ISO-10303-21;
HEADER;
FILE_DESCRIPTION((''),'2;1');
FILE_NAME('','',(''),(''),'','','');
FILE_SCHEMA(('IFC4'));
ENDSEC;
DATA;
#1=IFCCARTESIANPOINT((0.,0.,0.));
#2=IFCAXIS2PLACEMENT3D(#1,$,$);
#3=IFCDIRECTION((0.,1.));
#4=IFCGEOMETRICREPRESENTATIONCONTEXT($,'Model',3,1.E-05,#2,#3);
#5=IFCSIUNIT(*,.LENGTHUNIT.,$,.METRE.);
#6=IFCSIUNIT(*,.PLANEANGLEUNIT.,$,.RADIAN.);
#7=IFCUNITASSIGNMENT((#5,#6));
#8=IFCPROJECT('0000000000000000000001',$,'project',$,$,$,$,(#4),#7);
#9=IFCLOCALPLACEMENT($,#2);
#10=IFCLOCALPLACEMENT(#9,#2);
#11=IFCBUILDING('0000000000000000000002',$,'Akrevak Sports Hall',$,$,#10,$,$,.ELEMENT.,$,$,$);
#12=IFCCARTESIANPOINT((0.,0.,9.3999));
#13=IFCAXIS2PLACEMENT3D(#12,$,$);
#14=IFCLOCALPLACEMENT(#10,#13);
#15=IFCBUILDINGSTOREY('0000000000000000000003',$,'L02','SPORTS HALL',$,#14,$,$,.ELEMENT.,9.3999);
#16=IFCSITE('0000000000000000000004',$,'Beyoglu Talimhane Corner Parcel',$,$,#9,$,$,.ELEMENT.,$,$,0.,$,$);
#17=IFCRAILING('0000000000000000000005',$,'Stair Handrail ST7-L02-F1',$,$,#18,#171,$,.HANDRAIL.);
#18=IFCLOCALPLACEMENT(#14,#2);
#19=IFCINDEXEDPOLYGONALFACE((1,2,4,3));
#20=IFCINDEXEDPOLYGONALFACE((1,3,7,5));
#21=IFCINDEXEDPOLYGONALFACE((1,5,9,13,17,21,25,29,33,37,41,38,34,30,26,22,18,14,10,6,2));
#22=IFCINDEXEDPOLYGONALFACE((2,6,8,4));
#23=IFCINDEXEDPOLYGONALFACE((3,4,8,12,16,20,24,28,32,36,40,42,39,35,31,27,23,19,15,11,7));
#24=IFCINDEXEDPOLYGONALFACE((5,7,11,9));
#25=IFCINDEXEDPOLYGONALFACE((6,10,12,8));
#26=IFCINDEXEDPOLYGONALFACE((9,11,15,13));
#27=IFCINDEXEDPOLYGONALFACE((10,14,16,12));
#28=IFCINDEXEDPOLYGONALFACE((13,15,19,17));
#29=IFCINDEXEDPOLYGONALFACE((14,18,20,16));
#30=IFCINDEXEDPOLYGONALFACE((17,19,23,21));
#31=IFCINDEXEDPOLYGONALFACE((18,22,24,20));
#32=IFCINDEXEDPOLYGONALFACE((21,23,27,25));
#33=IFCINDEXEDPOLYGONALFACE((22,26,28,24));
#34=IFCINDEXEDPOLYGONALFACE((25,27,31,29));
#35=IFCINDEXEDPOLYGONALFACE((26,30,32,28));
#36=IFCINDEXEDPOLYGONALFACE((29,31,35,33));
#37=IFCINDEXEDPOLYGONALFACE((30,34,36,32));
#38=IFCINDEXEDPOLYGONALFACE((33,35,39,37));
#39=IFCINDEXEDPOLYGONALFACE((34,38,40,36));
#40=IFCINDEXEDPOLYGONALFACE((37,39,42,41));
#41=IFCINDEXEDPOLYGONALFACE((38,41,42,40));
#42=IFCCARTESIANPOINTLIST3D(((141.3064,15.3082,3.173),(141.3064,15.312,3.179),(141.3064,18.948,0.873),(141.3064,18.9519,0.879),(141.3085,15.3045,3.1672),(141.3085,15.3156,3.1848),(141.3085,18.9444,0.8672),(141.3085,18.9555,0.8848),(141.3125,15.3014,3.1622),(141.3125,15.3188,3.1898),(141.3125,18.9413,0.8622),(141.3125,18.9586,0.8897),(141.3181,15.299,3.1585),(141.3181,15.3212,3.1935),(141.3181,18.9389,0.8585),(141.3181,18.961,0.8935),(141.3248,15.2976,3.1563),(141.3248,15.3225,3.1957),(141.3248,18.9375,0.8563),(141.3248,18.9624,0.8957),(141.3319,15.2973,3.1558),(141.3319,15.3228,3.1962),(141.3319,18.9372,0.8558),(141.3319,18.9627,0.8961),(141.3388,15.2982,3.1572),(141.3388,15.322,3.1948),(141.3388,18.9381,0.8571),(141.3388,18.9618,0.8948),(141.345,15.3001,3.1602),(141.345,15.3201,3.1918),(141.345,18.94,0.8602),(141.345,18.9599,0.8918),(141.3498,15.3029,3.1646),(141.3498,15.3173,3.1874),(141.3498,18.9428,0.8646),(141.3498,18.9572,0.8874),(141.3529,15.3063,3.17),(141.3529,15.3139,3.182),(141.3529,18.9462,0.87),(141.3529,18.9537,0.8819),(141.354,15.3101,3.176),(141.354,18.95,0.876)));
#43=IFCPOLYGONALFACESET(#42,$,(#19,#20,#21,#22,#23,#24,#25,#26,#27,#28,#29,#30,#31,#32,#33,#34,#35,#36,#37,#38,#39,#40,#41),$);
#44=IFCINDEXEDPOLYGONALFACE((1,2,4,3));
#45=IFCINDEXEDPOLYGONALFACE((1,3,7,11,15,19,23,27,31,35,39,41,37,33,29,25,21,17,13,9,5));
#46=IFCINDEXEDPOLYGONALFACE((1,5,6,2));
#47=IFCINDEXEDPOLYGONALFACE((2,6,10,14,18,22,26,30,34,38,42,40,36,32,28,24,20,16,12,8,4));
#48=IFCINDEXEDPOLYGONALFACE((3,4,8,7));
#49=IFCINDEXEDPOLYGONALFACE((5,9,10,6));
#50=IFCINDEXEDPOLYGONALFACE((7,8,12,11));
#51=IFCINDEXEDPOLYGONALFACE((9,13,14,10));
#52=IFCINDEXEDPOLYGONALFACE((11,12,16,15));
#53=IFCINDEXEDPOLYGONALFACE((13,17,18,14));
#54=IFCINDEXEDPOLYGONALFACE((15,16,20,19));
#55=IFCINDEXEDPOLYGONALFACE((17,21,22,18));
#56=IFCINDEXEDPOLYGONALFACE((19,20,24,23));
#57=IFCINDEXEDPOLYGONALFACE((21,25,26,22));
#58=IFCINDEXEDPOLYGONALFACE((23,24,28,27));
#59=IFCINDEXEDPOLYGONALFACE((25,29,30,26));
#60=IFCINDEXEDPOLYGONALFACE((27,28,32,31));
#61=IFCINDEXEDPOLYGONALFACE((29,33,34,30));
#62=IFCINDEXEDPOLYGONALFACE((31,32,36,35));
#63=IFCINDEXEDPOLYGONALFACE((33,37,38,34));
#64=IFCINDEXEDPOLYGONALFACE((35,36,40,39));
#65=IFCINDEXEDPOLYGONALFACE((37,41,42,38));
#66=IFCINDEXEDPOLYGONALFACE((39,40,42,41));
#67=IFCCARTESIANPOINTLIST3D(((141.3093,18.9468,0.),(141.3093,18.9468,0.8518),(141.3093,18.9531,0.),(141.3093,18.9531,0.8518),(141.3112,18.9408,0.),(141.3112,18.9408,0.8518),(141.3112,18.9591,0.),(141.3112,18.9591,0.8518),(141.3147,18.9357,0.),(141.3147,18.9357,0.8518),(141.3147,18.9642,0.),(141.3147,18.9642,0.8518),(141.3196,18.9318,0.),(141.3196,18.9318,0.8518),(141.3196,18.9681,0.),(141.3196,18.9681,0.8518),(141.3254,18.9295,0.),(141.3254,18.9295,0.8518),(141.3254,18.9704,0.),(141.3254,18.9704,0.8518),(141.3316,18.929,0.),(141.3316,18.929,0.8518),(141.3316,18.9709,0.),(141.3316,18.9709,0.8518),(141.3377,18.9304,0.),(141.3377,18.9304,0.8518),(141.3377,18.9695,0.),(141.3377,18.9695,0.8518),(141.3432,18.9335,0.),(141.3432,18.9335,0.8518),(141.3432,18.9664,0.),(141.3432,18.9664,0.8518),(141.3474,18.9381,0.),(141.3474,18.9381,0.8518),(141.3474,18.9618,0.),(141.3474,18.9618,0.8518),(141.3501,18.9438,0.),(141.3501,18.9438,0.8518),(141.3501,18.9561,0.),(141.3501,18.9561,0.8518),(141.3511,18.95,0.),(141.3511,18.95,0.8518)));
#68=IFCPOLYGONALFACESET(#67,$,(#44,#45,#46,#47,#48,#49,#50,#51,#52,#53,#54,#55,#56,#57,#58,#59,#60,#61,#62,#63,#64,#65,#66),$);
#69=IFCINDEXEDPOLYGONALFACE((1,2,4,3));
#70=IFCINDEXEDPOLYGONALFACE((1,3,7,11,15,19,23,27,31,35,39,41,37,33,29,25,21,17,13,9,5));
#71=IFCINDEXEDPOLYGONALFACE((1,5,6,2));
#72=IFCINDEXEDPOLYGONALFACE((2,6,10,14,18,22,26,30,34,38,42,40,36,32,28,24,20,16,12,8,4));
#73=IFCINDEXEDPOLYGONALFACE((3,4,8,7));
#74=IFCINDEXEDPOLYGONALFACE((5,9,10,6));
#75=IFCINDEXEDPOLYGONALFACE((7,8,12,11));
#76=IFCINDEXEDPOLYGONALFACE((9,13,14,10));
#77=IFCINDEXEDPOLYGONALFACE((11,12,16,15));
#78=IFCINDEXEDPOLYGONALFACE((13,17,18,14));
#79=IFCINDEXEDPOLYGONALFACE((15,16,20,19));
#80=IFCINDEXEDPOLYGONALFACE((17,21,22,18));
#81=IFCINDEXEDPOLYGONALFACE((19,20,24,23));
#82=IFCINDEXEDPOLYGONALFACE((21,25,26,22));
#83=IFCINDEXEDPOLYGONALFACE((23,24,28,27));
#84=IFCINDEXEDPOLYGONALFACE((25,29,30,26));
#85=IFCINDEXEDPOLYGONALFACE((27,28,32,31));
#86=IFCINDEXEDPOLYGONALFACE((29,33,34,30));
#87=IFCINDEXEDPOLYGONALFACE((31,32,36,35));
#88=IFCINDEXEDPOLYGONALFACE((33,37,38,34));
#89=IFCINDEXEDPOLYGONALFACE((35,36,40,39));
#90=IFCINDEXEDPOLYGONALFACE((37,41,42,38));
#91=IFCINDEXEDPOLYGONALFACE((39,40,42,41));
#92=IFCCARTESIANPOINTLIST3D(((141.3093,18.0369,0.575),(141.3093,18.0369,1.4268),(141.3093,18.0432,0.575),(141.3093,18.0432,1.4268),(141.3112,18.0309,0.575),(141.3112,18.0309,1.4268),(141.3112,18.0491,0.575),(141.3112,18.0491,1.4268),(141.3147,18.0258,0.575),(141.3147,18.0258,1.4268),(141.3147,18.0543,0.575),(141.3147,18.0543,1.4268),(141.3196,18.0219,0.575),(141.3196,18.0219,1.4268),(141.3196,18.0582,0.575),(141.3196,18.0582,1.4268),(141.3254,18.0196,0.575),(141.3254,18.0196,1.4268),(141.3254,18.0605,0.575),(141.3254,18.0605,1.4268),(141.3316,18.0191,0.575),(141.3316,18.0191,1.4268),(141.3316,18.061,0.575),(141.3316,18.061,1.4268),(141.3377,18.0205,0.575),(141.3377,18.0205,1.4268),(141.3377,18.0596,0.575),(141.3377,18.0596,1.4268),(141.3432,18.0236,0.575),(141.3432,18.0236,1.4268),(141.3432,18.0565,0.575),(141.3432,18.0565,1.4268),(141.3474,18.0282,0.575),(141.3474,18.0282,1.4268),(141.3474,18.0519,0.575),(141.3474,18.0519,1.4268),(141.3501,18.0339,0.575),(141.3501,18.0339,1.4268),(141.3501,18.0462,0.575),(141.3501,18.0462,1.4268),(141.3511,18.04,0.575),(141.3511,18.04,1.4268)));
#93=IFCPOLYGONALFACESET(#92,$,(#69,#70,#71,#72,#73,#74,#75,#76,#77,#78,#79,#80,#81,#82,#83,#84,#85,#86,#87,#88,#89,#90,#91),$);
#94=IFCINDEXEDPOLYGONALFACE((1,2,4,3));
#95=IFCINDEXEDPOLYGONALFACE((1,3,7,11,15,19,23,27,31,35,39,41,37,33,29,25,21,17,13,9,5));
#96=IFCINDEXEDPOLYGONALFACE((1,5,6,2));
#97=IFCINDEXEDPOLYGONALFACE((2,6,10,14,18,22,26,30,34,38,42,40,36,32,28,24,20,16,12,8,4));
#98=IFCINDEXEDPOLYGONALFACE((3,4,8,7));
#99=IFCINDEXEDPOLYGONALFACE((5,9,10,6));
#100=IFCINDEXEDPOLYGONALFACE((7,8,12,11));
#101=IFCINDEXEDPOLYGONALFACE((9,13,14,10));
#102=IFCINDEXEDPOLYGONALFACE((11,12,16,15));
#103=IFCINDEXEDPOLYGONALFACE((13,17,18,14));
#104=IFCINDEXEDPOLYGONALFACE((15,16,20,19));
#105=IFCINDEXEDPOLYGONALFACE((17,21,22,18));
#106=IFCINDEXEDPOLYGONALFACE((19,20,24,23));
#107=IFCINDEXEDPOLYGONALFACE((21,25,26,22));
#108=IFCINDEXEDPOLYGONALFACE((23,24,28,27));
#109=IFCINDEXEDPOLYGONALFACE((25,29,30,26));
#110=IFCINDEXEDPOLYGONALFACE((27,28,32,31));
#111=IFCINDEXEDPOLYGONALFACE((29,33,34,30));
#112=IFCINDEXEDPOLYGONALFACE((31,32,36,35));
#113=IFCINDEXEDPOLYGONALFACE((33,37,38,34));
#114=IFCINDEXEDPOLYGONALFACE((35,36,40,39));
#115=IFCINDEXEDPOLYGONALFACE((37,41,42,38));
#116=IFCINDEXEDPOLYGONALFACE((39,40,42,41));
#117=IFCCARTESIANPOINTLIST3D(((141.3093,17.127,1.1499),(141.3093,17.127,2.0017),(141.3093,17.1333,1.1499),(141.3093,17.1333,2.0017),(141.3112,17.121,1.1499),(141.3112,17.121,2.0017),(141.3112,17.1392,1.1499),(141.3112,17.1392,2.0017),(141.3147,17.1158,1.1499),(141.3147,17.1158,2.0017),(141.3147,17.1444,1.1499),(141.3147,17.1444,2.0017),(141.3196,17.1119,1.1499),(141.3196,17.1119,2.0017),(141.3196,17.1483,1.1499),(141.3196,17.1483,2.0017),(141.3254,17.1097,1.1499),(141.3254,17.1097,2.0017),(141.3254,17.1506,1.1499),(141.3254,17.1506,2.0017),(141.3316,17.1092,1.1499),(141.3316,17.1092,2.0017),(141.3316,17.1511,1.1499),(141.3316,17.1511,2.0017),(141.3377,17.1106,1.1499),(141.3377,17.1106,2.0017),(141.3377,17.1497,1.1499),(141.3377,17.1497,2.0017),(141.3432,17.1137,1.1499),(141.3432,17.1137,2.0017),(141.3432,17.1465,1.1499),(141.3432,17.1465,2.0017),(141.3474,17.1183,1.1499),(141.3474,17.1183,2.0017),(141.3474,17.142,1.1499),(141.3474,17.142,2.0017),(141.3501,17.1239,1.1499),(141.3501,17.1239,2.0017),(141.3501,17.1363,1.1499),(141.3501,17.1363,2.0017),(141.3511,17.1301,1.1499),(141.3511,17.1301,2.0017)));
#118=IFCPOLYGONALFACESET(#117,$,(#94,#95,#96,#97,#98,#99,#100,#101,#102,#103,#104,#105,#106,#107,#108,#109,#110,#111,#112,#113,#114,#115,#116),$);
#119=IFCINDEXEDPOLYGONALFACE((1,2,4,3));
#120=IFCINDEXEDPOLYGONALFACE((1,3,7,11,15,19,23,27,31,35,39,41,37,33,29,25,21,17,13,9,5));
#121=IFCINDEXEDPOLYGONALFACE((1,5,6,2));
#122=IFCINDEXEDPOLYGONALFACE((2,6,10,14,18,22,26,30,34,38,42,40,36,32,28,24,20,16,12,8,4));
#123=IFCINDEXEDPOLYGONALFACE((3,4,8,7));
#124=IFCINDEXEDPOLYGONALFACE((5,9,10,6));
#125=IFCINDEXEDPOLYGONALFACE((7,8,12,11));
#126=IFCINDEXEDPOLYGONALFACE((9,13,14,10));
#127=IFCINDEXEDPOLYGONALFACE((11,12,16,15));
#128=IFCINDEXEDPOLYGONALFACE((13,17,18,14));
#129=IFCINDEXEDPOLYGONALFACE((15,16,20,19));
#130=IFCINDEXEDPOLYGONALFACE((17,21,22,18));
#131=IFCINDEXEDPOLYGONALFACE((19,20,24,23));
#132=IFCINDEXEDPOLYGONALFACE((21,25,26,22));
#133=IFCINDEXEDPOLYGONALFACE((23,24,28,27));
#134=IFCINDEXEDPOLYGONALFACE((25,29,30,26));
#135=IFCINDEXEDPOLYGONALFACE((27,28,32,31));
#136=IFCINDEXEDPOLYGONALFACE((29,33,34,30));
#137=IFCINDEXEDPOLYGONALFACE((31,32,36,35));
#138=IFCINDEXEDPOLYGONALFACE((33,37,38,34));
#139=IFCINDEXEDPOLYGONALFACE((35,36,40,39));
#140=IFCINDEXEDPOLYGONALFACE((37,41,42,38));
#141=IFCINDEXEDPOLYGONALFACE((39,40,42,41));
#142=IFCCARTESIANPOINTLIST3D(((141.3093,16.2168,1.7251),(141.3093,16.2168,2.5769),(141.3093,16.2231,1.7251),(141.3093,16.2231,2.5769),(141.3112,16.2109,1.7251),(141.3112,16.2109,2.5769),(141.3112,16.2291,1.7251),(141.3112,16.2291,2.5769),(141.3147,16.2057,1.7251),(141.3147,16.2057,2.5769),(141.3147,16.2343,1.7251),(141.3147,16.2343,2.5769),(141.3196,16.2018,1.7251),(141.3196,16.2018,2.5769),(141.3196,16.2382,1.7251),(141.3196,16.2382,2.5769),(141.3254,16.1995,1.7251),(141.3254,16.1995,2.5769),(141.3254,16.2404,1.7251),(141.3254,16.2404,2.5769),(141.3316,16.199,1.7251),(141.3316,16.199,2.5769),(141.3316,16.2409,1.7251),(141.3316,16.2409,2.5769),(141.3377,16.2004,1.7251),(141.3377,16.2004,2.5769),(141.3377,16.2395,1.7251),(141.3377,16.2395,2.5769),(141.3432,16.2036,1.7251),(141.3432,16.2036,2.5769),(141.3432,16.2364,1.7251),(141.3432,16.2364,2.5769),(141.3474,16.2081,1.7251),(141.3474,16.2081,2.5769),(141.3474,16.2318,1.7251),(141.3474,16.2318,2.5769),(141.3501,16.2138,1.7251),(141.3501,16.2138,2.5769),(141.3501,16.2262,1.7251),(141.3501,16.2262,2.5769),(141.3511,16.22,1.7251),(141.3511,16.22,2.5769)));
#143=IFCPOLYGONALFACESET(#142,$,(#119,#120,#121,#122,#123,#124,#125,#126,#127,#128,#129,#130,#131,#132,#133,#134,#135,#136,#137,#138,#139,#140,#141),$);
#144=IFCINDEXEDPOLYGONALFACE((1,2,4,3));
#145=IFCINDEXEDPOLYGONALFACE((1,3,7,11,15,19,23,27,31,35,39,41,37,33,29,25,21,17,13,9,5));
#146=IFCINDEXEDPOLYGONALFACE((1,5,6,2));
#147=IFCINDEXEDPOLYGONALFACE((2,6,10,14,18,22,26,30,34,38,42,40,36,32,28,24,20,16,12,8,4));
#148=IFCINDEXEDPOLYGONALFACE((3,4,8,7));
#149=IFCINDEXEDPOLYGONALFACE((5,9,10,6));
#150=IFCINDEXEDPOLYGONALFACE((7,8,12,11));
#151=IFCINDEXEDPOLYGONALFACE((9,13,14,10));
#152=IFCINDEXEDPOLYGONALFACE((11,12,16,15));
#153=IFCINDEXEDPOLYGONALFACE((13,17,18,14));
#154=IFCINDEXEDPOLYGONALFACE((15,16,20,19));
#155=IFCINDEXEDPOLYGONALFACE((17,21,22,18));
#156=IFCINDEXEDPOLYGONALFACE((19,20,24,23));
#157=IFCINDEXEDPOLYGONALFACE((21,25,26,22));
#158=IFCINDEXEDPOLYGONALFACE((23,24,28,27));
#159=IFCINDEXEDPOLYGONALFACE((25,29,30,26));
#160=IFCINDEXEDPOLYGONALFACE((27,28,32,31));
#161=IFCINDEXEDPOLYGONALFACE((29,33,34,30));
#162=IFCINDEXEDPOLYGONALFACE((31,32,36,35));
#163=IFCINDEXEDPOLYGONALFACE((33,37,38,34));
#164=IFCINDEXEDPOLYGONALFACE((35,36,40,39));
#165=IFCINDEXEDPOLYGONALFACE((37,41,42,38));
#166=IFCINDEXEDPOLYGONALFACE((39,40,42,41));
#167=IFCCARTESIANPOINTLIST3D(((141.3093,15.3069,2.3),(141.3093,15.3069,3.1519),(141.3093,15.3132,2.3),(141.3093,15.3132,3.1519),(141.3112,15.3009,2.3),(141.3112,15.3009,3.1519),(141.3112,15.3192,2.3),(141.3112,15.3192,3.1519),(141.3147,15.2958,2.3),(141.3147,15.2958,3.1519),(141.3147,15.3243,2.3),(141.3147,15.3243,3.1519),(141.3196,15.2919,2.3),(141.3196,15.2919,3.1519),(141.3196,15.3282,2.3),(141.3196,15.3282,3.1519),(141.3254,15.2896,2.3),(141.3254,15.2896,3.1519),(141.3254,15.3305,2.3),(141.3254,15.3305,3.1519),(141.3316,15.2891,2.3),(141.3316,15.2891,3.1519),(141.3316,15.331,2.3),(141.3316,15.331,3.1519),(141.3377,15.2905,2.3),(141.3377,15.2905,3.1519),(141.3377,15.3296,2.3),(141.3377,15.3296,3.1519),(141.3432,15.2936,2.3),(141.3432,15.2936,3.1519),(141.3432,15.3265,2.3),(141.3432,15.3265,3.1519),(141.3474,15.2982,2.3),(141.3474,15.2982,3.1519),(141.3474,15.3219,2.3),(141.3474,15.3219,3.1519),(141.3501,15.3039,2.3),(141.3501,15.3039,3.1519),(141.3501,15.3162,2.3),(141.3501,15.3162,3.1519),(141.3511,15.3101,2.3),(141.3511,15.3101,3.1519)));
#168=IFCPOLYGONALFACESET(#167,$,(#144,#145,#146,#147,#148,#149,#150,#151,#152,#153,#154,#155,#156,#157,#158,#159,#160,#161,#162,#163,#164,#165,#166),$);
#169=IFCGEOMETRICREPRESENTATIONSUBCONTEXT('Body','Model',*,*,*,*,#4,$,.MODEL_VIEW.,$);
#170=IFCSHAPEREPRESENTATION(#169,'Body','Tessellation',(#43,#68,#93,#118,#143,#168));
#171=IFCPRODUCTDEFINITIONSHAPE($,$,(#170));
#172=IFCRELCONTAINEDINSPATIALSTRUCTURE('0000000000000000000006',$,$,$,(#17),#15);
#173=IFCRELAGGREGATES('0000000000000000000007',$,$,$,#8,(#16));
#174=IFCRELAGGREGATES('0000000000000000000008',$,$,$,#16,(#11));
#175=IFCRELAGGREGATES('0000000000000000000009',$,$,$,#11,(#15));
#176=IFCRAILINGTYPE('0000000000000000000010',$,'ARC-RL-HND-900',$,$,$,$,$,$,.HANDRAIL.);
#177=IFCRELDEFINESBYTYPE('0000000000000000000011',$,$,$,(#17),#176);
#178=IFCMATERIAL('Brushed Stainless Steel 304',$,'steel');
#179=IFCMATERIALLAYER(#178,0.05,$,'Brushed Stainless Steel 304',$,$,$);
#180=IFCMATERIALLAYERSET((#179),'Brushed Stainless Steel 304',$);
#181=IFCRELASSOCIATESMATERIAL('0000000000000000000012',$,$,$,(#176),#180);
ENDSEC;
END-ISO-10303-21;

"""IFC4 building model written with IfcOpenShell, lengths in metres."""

from ifc_helpers import new_model, si_unit, direction, frame, origin, origin_2d, place, context, subcontext, project, spatial, circle, extrude, material, layer, layer_set, type_object, element, save


model = new_model("IFC4")

# Units and contexts
model_context = context("Model", 3, precision=1e-05, world=origin(), true_north=direction((0.0, 1.0)))
body_context = subcontext(model_context, "Body", "Model", "MODEL_VIEW")
ifc_project = project(units=[si_unit("LENGTHUNIT", "METRE"), si_unit("PLANEANGLEUNIT", "RADIAN")], contexts=[model_context])

# Site, building, storey
site_placement = place(None, origin())
site = spatial("IfcSite", under=ifc_project, at=site_placement, Name="Beyoglu Talimhane Corner Parcel", CompositionType="ELEMENT", RefElevation=0.0)
building_placement = place(site_placement, origin())
building = spatial("IfcBuilding", under=site, at=building_placement, Name="Akrevak Sports Hall", CompositionType="ELEMENT")
storey_placement = place(building_placement, frame((0.0, 0.0, 9.3999)))
storey = spatial("IfcBuildingStorey", under=building, at=storey_placement, Name="L02", Description="SPORTS HALL", CompositionType="ELEMENT", Elevation=9.3999)

# Railing
ifc_material_1 = material(Name="Brushed Stainless Steel 304", Category="steel")
ifc_layer_1 = layer(ifc_material_1, 0.05, Name="Brushed Stainless Steel 304")
ifc_layer_set_1 = layer_set([ifc_layer_1], Name="Brushed Stainless Steel 304")
railing_type_1 = type_object("IfcRailingType", Name="ARC-RL-HND-900", PredefinedType="HANDRAIL", material=ifc_layer_set_1)
railing_1_placement = place(storey_placement, frame((141.3301, 18.95, 0.0)))
element("IfcRailing", 1, at=railing_1_placement, inside=storey, type_object=railing_type_1, Name="Stair Handrail ST7-L02-F1", PredefinedType="HANDRAIL", context=body_context, shape_type="SweptSolid", body=[
    extrude(circle(Radius=0.0239, at=origin_2d()), frame((0.0, 0.0, 0.876), z_axis=(0.0, -0.845366, 0.534187), x_axis=(1.0, 0.0, 0.0)), (0.0, 0.0, 1.0), 4.3057),
    extrude(circle(Radius=0.021, at=origin_2d()), origin(), (0.0, 0.0, 1.0), 0.8518),
    extrude(circle(Radius=0.021, at=origin_2d()), frame((0.0, -0.9099, 0.575)), (0.0, 0.0, 1.0), 0.8518),
    extrude(circle(Radius=0.021, at=origin_2d()), frame((0.0, -1.8198, 1.1499)), (0.0, 0.0, 1.0), 0.8518),
    extrude(circle(Radius=0.021, at=origin_2d()), frame((0.0, -2.73, 1.7251)), (0.0, 0.0, 1.0), 0.8518),
    extrude(circle(Radius=0.021, at=origin_2d()), frame((0.0, -3.6399, 2.3)), (0.0, 0.0, 1.0), 0.8518),
])

save(model, "model.ifc")
